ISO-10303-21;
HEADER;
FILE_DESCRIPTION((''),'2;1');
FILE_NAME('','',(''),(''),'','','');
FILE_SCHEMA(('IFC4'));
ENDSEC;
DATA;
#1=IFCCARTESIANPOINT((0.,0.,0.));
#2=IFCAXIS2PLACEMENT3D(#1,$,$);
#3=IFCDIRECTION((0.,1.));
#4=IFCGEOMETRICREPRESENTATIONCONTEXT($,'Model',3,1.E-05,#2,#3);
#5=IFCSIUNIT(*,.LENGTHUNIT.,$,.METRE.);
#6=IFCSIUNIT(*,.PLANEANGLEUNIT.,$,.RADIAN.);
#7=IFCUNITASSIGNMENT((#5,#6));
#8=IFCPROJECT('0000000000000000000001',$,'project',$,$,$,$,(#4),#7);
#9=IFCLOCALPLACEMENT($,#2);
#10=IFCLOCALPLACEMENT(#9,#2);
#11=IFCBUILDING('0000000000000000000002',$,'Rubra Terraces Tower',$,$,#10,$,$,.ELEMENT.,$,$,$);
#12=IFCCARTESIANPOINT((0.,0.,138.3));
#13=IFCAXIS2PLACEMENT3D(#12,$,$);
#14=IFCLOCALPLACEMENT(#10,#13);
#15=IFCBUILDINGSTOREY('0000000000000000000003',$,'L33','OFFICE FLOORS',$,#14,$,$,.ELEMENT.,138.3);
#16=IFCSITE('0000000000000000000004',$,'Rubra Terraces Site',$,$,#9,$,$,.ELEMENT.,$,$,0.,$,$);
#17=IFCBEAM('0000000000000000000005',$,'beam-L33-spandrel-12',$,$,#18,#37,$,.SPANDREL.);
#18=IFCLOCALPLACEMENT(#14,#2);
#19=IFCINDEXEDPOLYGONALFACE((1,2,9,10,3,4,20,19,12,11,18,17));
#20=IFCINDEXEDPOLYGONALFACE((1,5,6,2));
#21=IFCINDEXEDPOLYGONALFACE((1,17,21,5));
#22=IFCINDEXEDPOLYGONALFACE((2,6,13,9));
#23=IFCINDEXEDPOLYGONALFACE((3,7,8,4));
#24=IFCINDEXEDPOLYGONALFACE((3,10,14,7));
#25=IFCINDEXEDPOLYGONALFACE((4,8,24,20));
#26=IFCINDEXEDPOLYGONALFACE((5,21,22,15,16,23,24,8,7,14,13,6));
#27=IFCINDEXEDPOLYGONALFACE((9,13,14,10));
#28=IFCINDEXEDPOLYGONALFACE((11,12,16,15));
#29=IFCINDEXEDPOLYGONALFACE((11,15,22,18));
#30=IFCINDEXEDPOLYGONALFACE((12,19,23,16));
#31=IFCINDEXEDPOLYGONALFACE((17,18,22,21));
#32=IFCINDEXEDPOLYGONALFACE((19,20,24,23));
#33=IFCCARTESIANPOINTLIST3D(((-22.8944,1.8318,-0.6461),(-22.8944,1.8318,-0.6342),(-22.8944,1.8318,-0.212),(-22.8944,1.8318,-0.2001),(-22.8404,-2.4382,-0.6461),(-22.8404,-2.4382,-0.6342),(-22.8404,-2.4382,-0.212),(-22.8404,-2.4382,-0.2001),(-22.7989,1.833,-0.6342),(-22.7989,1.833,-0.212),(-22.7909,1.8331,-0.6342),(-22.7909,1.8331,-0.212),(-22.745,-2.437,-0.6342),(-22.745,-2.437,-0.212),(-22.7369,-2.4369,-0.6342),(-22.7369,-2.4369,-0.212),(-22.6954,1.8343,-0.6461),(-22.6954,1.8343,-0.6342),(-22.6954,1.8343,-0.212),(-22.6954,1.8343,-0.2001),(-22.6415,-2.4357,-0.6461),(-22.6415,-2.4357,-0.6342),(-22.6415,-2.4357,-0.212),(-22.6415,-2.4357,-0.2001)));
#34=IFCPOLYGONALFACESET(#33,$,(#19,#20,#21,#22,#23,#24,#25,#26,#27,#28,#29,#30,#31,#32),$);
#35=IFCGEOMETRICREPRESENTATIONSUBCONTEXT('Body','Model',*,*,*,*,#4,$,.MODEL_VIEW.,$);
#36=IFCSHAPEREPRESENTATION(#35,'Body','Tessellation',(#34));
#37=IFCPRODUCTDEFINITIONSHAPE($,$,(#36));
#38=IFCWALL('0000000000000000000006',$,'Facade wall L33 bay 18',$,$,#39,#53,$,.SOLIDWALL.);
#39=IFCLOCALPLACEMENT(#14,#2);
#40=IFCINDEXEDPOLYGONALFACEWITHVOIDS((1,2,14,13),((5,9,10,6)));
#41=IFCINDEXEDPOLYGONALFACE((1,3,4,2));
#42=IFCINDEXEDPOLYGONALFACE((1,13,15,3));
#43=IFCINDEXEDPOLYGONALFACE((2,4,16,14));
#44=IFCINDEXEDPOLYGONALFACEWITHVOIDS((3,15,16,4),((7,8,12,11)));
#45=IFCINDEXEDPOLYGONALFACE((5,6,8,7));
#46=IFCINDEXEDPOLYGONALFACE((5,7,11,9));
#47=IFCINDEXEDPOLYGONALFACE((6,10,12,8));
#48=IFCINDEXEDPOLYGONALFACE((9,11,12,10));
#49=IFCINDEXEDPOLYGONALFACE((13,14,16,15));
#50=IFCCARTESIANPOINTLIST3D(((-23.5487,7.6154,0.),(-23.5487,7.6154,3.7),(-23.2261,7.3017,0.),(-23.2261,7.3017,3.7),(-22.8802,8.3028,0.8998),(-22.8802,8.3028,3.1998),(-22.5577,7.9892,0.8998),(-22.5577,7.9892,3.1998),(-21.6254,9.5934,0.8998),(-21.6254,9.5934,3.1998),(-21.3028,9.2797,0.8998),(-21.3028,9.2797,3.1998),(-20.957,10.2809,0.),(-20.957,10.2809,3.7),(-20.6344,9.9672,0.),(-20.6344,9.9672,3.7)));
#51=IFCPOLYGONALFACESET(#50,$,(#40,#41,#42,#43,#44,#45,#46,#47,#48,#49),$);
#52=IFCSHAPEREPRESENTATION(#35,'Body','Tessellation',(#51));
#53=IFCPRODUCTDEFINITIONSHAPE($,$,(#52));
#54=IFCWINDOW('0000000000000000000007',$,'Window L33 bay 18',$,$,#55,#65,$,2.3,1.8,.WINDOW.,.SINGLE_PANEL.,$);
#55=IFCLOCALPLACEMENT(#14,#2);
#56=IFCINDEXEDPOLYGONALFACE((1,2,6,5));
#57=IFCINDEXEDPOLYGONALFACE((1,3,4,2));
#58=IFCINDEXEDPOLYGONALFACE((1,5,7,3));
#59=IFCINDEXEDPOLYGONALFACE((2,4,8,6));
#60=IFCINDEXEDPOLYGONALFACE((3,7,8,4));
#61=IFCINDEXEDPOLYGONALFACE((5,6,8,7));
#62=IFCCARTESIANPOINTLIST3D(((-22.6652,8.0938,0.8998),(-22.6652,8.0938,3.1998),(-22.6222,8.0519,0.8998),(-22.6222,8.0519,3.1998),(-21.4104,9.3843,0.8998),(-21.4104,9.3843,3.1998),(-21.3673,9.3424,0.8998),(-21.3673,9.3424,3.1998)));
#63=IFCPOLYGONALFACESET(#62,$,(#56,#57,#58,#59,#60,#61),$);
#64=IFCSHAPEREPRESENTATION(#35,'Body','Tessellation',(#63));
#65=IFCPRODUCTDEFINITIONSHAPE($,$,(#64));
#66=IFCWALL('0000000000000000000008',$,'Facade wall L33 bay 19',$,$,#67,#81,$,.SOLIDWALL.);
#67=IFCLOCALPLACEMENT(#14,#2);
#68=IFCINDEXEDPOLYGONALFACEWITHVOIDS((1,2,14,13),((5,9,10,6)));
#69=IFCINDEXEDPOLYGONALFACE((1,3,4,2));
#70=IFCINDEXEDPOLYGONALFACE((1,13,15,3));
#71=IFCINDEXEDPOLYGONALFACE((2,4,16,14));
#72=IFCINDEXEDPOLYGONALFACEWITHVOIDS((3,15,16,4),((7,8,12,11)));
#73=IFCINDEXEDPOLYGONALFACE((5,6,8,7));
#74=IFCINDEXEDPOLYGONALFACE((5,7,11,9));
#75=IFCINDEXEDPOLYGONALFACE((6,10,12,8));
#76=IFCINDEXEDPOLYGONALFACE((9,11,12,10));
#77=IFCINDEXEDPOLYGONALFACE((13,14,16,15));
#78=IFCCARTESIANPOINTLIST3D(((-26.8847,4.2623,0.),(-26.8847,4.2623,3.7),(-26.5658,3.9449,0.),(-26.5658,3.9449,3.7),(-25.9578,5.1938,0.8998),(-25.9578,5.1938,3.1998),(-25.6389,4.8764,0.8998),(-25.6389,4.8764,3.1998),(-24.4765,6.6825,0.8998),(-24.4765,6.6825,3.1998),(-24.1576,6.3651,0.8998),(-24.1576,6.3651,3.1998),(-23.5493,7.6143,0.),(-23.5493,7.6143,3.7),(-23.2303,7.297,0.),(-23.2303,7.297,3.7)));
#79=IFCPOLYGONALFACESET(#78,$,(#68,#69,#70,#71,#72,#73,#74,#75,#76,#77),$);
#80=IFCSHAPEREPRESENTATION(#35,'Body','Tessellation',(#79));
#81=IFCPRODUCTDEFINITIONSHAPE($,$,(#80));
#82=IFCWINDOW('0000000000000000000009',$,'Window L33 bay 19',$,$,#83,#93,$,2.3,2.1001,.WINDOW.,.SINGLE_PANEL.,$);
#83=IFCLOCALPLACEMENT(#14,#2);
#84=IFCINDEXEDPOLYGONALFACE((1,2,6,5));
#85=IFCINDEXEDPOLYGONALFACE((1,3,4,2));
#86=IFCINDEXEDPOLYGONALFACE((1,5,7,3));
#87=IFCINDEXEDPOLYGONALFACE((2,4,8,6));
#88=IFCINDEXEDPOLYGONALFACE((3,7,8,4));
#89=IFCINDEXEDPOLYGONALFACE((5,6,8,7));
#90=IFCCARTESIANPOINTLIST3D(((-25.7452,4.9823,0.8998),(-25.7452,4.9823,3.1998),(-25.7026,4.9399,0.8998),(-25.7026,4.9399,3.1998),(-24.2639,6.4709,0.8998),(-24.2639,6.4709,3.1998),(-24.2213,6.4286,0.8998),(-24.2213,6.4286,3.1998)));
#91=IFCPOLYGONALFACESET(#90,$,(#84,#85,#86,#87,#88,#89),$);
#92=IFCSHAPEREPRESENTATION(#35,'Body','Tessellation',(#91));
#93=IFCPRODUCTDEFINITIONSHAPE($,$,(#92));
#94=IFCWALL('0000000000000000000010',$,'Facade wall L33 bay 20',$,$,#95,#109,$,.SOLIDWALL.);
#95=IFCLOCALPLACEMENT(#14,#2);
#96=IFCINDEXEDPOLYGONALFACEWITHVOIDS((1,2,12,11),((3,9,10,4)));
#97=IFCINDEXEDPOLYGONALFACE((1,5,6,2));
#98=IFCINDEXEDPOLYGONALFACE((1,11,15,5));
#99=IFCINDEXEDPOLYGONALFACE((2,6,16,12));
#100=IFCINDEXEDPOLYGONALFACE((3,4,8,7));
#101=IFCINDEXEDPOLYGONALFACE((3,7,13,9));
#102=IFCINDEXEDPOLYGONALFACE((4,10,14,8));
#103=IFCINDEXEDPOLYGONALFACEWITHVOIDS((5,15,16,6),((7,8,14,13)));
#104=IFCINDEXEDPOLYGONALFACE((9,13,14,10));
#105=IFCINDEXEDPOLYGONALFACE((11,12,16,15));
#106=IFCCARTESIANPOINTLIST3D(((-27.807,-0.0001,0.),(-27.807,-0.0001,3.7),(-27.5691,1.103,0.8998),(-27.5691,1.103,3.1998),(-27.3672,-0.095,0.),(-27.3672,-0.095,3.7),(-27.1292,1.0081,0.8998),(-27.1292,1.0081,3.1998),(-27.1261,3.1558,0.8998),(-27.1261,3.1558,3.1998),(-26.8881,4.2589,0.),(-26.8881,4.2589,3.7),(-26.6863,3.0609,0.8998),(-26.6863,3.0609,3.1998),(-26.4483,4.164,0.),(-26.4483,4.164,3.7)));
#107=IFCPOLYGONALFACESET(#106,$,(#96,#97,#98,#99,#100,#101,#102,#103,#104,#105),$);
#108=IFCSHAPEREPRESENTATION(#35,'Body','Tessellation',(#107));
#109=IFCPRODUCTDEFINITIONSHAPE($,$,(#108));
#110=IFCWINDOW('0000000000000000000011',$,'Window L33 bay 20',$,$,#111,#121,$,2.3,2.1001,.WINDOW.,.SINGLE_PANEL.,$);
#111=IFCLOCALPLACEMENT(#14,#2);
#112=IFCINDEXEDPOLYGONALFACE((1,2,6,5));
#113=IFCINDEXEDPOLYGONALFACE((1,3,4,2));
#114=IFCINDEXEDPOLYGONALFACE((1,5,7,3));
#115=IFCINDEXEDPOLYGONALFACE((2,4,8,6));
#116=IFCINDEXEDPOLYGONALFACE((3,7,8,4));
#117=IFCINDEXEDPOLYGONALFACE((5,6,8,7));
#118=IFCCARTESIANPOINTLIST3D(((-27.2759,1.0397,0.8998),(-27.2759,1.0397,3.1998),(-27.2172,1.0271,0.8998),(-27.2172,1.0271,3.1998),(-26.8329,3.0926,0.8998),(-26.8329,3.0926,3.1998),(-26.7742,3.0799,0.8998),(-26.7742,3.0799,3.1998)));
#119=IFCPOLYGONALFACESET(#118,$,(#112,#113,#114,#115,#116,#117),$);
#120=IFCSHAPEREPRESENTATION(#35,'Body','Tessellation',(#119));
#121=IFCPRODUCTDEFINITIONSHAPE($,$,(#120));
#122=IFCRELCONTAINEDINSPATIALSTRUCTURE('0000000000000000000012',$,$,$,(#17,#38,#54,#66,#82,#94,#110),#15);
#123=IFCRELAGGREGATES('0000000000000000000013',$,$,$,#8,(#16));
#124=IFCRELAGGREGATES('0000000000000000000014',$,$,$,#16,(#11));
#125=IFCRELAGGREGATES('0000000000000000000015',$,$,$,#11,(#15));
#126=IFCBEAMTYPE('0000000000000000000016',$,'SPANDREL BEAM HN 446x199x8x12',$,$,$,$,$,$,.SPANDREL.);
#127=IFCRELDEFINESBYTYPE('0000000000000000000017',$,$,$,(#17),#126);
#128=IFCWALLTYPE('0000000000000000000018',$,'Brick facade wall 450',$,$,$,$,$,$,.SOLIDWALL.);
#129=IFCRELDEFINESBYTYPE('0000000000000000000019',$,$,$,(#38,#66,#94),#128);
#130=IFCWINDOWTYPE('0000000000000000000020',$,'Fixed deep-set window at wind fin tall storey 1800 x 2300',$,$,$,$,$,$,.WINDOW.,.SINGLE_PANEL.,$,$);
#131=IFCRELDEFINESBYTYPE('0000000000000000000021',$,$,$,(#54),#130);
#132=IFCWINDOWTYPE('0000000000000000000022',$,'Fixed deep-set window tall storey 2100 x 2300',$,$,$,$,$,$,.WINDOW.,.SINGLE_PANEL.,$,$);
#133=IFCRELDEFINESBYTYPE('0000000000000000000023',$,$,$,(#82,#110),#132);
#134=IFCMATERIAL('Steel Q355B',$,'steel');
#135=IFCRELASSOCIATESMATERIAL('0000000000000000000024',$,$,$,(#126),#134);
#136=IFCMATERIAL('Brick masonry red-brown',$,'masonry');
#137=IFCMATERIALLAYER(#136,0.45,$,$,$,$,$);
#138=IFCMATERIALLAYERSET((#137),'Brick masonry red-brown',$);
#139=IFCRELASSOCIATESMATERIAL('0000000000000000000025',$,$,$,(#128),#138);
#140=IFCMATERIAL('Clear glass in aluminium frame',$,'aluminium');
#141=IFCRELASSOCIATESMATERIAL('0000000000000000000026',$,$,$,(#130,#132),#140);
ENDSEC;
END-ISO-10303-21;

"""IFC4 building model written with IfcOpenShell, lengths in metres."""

from ifc_helpers import new_model, si_unit, direction, frame, frame_2d, origin, origin_2d, place, context, subcontext, project, spatial, rectangle, i_section, extrude, material, layer, layer_set, material_profile, profile_set, type_object, element, fill, save


model = new_model("IFC4")

# Units and contexts
model_context = context("Model", 3, precision=1e-05, world=origin(), true_north=direction((0.0, 1.0)))
body_context = subcontext(model_context, "Body", "Model", "MODEL_VIEW")
ifc_project = project(units=[si_unit("LENGTHUNIT", "METRE"), si_unit("PLANEANGLEUNIT", "RADIAN")], contexts=[model_context])

# Site, building, storey
site_placement = place(None, origin())
site = spatial("IfcSite", under=ifc_project, at=site_placement, Name="Rubra Terraces Site", CompositionType="ELEMENT", RefElevation=0.0)
building_placement = place(site_placement, origin())
building = spatial("IfcBuilding", under=site, at=building_placement, Name="Rubra Terraces Tower", CompositionType="ELEMENT")
storey_placement = place(building_placement, frame((0.0, 0.0, 138.3)))
storey = spatial("IfcBuildingStorey", under=building, at=storey_placement, Name="L33", Description="OFFICE FLOORS", CompositionType="ELEMENT", Elevation=138.3)

# Beam
ifc_material_1 = material(Name="Steel Q355B", Category="steel")
ifc_material_profile_1 = material_profile(ifc_material_1, i_section(OverallWidth=0.199, OverallDepth=0.446, WebThickness=0.0081, FlangeThickness=0.012, at=origin_2d()), Name="HN 446x199x8x12")
ifc_profile_set_1 = profile_set([ifc_material_profile_1], Name="Steel Q355B")
beam_type_1 = type_object("IfcBeamType", Name="SPANDREL BEAM HN 446x199x8x12", PredefinedType="SPANDREL", material=ifc_profile_set_1)
beam_1_placement = place(storey_placement, frame((-22.7949, 1.833, -0.4231), z_axis=(0.012635, -0.99992, 0.0), x_axis=(0.99992, 0.012635, 0.0)))
element("IfcBeam", 1, at=beam_1_placement, inside=storey, type_object=beam_type_1, Name="beam-L33-spandrel-12", PredefinedType="SPANDREL", context=body_context, shape_type="SweptSolid", body=[
    extrude(i_section(OverallWidth=0.199, OverallDepth=0.446, WebThickness=0.0081, FlangeThickness=0.012, at=origin_2d()), origin(), (0.0, 0.0, 1.0), 4.2703),
])

# Walls, openings, windows
ifc_material_2 = material(Name="Brick masonry red-brown", Category="masonry")
ifc_layer_1 = layer(ifc_material_2, 0.45)
ifc_layer_set_1 = layer_set([ifc_layer_1], Name="Brick masonry red-brown")
wall_type_1 = type_object("IfcWallType", Name="Brick facade wall 450", PredefinedType="SOLIDWALL", material=ifc_layer_set_1)
wall_1_placement = place(storey_placement, frame((-20.7957, 10.124, 0.0), z_axis=(0.0, 0.0, 1.0), x_axis=(-0.697122, -0.716953, 0.0)))
wall_1 = element("IfcWall", 2, at=wall_1_placement, inside=storey, type_object=wall_type_1, Name="Facade wall L33 bay 18", PredefinedType="SOLIDWALL", context=body_context, shape_type="SweptSolid", body=[
    extrude(rectangle(XDim=3.7178, YDim=0.45, at=frame_2d((1.8589, 0.0))), origin(), (0.0, 0.0, 1.0), 3.7),
])
opening_1_placement = place(wall_1_placement, frame((0.959, 0.0, 0.8999)))
opening_1 = element("IfcOpeningElement", 3, at=opening_1_placement, cuts=wall_1, PredefinedType="OPENING", context=body_context, shape_type="SweptSolid", body=[
    extrude(rectangle(XDim=1.8, YDim=2.3, at=frame_2d((0.8999, 1.1499))), frame((0.0, 0.2349, 0.0), z_axis=(0.0, -1.0, 0.0), x_axis=(1.0, 0.0, 0.0)), (0.0, 0.0, 1.0), 0.47),
])
ifc_material_3 = material(Name="Clear glass in aluminium frame", Category="aluminium")
window_type_1 = type_object("IfcWindowType", Name="Fixed deep-set window at wind fin tall storey 1800 x 2300", PartitioningType="SINGLE_PANEL", PredefinedType="WINDOW", material=ifc_material_3)
window_1_placement = place(opening_1_placement, origin())
window_1 = element("IfcWindow", 4, at=window_1_placement, inside=storey, type_object=window_type_1, Name="Window L33 bay 18", OverallHeight=2.3, OverallWidth=1.8, PartitioningType="SINGLE_PANEL", PredefinedType="WINDOW", context=body_context, shape_type="SweptSolid", body=[
    extrude(rectangle(XDim=1.8, YDim=2.3, at=frame_2d((0.8999, 1.1499))), frame((0.0, 0.135, 0.0), z_axis=(0.0, -1.0, 0.0), x_axis=(1.0, 0.0, 0.0)), (0.0, 0.0, 1.0), 0.0601),
])
fill(opening_1, window_1)
wall_2_placement = place(storey_placement, frame((-23.3899, 7.4556, 0.0), z_axis=(0.0, 0.0, 1.0), x_axis=(-0.705349, -0.70886, 0.0)))
wall_2 = element("IfcWall", 5, at=wall_2_placement, inside=storey, type_object=wall_type_1, Name="Facade wall L33 bay 19", PredefinedType="SOLIDWALL", context=body_context, shape_type="SweptSolid", body=[
    extrude(rectangle(XDim=4.7288, YDim=0.45, at=frame_2d((2.3643, 0.0))), origin(), (0.0, 0.0, 1.0), 3.7),
])
opening_2_placement = place(wall_2_placement, frame((1.3145, 0.0, 0.8999)))
opening_2 = element("IfcOpeningElement", 6, at=opening_2_placement, cuts=wall_2, PredefinedType="OPENING", context=body_context, shape_type="SweptSolid", body=[
    extrude(rectangle(XDim=2.1001, YDim=2.3, at=frame_2d((1.05, 1.1499))), frame((0.0, 0.2349, 0.0), z_axis=(0.0, -1.0, 0.0), x_axis=(1.0, 0.0, 0.0)), (0.0, 0.0, 1.0), 0.47),
])
window_type_2 = type_object("IfcWindowType", Name="Fixed deep-set window tall storey 2100 x 2300", PartitioningType="SINGLE_PANEL", PredefinedType="WINDOW", material=ifc_material_3)
window_2_placement = place(opening_2_placement, origin())
window_2 = element("IfcWindow", 7, at=window_2_placement, inside=storey, type_object=window_type_2, Name="Window L33 bay 19", OverallHeight=2.3, OverallWidth=2.1001, PartitioningType="SINGLE_PANEL", PredefinedType="WINDOW", context=body_context, shape_type="SweptSolid", body=[
    extrude(rectangle(XDim=2.1001, YDim=2.3, at=frame_2d((1.05, 1.1499))), frame((0.0, 0.135, 0.0), z_axis=(0.0, -1.0, 0.0), x_axis=(1.0, 0.0, 0.0)), (0.0, 0.0, 1.0), 0.0601),
])
fill(opening_2, window_2)
wall_3_placement = place(storey_placement, frame((-26.6682, 4.2114, 0.0), z_axis=(0.0, 0.0, 1.0), x_axis=(-0.21091, -0.977505, 0.0)))
wall_3 = element("IfcWall", 8, at=wall_3_placement, inside=storey, type_object=wall_type_1, Name="Facade wall L33 bay 20", PredefinedType="SOLIDWALL", context=body_context, shape_type="SweptSolid", body=[
    extrude(rectangle(XDim=4.3569, YDim=0.45, at=frame_2d((2.1785, 0.0))), origin(), (0.0, 0.0, 1.0), 3.7),
])
opening_3_placement = place(wall_3_placement, frame((1.1284, 0.0, 0.8999)))
opening_3 = element("IfcOpeningElement", 9, at=opening_3_placement, cuts=wall_3, PredefinedType="OPENING", context=body_context, shape_type="SweptSolid", body=[
    extrude(rectangle(XDim=2.1001, YDim=2.3, at=frame_2d((1.05, 1.1499))), frame((0.0, 0.2349, 0.0), z_axis=(0.0, -1.0, 0.0), x_axis=(1.0, 0.0, 0.0)), (0.0, 0.0, 1.0), 0.47),
])
window_3_placement = place(opening_3_placement, origin())
window_3 = element("IfcWindow", 10, at=window_3_placement, inside=storey, type_object=window_type_2, Name="Window L33 bay 20", OverallHeight=2.3, OverallWidth=2.1001, PartitioningType="SINGLE_PANEL", PredefinedType="WINDOW", context=body_context, shape_type="SweptSolid", body=[
    extrude(rectangle(XDim=2.1001, YDim=2.3, at=frame_2d((1.05, 1.1499))), frame((0.0, 0.135, 0.0), z_axis=(0.0, -1.0, 0.0), x_axis=(1.0, 0.0, 0.0)), (0.0, 0.0, 1.0), 0.0601),
])
fill(opening_3, window_3)

save(model, "model.ifc")
